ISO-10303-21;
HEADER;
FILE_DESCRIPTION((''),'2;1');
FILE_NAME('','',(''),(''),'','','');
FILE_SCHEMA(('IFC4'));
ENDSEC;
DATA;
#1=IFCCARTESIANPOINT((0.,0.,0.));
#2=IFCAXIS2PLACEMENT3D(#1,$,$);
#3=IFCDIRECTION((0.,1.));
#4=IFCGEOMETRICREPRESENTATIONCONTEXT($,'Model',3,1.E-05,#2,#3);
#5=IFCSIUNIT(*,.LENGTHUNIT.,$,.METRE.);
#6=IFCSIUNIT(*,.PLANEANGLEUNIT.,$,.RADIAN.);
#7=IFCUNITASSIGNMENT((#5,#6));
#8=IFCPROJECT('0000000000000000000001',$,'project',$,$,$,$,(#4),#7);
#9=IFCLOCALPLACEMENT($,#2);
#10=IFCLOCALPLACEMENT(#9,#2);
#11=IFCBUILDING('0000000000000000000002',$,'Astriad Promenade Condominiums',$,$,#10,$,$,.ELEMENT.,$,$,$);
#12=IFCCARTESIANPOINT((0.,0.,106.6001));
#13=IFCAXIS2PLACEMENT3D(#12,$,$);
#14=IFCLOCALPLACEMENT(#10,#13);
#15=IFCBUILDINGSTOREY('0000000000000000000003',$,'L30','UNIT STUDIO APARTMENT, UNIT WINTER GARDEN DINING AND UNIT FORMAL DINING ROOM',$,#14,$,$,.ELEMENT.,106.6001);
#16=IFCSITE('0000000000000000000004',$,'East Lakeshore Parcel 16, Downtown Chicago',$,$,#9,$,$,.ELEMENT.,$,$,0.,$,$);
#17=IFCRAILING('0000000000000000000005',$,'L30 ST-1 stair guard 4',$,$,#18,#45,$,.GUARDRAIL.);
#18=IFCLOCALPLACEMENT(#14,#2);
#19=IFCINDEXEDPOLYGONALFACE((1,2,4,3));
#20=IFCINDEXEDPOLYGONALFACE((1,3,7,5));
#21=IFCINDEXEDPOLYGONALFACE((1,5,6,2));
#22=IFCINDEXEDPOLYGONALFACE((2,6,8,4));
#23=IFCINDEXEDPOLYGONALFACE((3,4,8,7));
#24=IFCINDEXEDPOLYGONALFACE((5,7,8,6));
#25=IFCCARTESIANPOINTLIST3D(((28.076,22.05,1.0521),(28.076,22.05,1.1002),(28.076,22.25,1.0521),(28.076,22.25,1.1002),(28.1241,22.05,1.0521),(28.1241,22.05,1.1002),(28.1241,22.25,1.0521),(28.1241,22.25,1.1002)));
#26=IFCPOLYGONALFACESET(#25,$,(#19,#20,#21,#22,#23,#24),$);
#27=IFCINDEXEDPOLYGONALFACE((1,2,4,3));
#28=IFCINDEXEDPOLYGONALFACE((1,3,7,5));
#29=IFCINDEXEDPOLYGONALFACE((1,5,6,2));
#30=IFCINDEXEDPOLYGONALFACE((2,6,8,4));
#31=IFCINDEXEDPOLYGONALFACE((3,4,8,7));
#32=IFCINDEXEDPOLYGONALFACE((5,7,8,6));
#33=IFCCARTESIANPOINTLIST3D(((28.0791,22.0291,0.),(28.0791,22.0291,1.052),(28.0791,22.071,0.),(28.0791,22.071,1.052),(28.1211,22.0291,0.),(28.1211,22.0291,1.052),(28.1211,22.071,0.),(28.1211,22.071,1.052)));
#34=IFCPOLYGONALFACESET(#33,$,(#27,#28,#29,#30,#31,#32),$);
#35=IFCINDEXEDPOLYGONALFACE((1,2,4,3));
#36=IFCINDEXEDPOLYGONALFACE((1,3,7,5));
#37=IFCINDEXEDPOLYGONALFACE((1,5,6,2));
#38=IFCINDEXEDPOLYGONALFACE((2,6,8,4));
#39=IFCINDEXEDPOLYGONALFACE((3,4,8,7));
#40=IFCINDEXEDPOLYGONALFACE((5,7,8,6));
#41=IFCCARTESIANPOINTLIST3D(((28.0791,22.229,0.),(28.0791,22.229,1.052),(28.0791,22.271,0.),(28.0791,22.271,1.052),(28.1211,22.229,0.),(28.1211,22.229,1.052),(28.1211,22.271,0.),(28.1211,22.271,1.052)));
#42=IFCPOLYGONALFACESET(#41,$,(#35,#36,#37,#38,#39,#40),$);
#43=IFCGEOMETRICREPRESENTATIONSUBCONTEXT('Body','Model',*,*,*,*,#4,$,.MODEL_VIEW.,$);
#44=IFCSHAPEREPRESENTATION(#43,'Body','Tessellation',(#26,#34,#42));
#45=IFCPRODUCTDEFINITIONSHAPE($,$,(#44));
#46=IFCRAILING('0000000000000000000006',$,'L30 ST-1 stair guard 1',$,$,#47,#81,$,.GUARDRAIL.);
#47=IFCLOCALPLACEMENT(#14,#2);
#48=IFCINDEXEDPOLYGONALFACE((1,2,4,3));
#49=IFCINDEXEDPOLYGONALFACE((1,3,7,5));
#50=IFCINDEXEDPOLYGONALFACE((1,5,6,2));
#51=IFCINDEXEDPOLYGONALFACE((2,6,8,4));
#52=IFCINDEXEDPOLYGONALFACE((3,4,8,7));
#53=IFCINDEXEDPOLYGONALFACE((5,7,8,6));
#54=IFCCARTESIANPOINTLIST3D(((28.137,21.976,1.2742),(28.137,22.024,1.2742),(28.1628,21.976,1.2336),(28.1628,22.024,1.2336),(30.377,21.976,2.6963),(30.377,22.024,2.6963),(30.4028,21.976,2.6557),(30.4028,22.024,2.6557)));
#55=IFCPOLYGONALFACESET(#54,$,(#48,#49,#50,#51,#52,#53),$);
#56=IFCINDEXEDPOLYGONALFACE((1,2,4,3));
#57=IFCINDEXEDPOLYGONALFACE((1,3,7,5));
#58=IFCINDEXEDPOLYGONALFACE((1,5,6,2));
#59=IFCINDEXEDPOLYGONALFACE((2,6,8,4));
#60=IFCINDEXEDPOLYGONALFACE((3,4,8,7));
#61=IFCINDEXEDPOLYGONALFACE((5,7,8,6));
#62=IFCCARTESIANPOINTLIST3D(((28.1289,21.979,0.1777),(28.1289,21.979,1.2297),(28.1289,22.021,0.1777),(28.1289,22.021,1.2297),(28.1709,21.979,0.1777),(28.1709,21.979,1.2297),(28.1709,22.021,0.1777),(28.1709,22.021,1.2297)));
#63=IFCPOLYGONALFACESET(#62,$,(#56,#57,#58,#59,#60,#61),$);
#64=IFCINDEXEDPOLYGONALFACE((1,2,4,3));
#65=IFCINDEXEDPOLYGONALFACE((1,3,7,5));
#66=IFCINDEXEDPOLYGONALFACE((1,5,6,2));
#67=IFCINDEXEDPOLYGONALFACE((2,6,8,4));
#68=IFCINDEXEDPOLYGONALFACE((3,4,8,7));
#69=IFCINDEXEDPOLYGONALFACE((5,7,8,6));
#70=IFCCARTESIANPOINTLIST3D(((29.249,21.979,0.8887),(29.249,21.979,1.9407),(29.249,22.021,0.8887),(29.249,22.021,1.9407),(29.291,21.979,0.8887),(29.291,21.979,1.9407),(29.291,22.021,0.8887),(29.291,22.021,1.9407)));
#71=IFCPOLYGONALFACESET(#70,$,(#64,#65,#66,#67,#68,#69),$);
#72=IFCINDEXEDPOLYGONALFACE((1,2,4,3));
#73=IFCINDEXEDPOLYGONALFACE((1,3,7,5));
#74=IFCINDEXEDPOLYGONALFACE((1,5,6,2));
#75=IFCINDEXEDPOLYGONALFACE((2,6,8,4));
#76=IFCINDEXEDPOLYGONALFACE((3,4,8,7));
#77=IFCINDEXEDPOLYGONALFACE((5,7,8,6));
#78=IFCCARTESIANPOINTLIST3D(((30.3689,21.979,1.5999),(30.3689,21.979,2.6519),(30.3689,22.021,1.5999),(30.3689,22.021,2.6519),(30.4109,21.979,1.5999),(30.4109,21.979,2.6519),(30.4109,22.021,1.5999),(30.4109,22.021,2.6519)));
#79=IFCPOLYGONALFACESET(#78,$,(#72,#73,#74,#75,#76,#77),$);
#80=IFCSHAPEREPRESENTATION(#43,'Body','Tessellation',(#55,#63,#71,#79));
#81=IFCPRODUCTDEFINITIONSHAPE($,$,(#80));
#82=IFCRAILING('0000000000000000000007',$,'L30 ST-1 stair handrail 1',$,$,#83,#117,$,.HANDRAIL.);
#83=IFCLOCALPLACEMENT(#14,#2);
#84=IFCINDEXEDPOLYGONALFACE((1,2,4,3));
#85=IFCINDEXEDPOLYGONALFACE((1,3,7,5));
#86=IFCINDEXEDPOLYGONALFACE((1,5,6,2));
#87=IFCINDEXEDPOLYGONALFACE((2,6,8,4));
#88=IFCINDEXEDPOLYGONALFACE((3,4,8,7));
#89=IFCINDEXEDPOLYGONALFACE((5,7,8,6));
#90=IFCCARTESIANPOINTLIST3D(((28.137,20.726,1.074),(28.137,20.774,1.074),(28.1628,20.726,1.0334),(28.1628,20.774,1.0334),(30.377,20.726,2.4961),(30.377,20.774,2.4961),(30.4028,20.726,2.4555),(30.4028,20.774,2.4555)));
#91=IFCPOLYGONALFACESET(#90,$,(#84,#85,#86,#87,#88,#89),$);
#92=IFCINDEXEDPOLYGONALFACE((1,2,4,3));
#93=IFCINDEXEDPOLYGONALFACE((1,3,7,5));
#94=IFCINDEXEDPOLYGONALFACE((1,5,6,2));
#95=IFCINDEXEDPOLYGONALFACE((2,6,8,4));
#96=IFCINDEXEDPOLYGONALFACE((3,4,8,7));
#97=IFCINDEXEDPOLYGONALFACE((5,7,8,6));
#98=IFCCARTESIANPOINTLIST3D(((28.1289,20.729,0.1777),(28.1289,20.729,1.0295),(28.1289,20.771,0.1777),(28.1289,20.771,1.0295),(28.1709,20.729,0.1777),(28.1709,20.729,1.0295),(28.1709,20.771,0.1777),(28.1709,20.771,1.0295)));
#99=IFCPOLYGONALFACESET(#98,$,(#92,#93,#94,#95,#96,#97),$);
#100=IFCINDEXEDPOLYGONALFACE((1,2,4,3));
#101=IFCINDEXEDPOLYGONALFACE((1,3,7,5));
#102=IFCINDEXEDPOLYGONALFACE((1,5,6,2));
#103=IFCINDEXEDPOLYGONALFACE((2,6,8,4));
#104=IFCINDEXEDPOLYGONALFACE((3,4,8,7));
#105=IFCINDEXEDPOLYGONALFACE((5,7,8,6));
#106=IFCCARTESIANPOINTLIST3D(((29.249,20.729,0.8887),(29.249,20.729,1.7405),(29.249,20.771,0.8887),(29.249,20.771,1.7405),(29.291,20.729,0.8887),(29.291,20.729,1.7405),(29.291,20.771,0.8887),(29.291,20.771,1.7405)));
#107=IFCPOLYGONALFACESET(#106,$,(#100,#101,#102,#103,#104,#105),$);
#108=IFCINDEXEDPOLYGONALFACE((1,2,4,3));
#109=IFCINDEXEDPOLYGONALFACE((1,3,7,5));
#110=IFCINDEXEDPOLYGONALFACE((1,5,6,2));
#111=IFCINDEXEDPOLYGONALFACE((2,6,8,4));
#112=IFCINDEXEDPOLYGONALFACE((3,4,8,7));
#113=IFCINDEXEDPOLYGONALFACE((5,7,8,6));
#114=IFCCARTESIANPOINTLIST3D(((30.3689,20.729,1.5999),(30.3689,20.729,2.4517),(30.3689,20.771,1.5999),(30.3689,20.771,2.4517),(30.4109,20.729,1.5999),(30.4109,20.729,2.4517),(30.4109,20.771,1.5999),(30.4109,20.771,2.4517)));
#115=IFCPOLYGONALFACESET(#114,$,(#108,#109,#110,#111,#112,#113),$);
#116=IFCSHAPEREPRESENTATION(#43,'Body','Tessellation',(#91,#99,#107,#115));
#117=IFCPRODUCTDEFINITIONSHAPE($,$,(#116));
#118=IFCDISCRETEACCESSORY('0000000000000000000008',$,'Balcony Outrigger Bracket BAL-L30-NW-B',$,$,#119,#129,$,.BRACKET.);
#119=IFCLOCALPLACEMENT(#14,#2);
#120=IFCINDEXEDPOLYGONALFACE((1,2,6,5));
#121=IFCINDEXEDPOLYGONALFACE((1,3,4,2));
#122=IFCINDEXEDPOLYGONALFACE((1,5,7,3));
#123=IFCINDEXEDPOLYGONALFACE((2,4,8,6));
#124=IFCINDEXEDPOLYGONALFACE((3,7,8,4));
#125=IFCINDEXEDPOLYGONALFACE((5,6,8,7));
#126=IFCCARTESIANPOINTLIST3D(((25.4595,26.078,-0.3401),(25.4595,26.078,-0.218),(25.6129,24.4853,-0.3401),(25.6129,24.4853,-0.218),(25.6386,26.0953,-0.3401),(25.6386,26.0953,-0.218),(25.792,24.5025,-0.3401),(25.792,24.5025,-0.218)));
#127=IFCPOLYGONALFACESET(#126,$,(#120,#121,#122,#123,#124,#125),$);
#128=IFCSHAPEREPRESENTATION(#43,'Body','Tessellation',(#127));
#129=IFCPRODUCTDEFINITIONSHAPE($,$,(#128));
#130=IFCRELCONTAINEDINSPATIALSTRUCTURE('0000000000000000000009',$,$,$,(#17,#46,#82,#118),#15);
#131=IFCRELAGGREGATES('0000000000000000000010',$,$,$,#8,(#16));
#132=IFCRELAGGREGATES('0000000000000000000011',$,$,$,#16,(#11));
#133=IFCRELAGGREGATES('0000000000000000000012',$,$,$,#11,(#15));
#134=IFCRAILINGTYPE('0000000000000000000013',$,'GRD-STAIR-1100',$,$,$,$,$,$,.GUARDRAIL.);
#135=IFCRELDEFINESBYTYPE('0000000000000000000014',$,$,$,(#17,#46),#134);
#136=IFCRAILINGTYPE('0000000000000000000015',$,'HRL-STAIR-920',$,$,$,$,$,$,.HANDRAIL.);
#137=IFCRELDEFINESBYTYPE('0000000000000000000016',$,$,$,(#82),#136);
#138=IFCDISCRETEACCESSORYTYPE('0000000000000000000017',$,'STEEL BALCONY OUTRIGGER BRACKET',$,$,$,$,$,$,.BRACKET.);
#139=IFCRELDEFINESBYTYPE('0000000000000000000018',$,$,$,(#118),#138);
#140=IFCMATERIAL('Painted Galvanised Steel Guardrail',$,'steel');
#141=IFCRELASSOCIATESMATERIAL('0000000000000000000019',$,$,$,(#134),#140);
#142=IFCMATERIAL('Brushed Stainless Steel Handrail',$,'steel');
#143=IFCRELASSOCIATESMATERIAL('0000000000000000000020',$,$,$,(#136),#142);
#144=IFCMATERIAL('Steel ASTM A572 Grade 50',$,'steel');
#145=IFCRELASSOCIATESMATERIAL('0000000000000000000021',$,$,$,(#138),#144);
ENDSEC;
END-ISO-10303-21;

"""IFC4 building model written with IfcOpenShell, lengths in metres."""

from ifc_helpers import new_model, si_unit, direction, frame, origin, origin_2d, place, context, subcontext, project, spatial, rectangle, extrude, source, transform, mapped, material, type_object, type_shapes, element, save


model = new_model("IFC4")

# Units and contexts
model_context = context("Model", 3, precision=1e-05, world=origin(), true_north=direction((0.0, 1.0)))
body_context = subcontext(model_context, "Body", "Model", "MODEL_VIEW")
ifc_project = project(units=[si_unit("LENGTHUNIT", "METRE"), si_unit("PLANEANGLEUNIT", "RADIAN")], contexts=[model_context])

# Site, building, storey
site_placement = place(None, origin())
site = spatial("IfcSite", under=ifc_project, at=site_placement, Name="East Lakeshore Parcel 16, Downtown Chicago", CompositionType="ELEMENT", RefElevation=0.0)
building_placement = place(site_placement, origin())
building = spatial("IfcBuilding", under=site, at=building_placement, Name="Astriad Promenade Condominiums", CompositionType="ELEMENT")
storey_placement = place(building_placement, frame((0.0, 0.0, 106.6001)))
storey = spatial("IfcBuildingStorey", under=building, at=storey_placement, Name="L30", Description="UNIT STUDIO APARTMENT, UNIT WINTER GARDEN DINING AND UNIT FORMAL DINING ROOM", CompositionType="ELEMENT", Elevation=106.6001)

# Railings
ifc_material_1 = material(Name="Painted Galvanised Steel Guardrail", Category="steel")
railing_type_1 = type_object("IfcRailingType", Name="GRD-STAIR-1100", PredefinedType="GUARDRAIL", material=ifc_material_1)
shared_shape_1 = source(origin(), body_context, "Body", "SweptSolid", [
    extrude(rectangle(XDim=0.0481, YDim=0.0481, at=origin_2d()), frame((0.0, 0.0, 1.0762), z_axis=(0.0, 1.0, 0.0), x_axis=(-1.0, 0.0, 0.0)), (0.0, 0.0, 1.0), 0.2),
    extrude(rectangle(XDim=0.042, YDim=0.042, at=origin_2d()), origin(), (0.0, 0.0, 1.0), 1.052),
    extrude(rectangle(XDim=0.042, YDim=0.042, at=origin_2d()), frame((0.0, 0.2, 0.0)), (0.0, 0.0, 1.0), 1.052),
])
railing_1_placement = place(storey_placement, frame((28.1001, 22.05, 0.0)))
element("IfcRailing", 1, at=railing_1_placement, inside=storey, type_object=railing_type_1, Name="L30 ST-1 stair guard 4", PredefinedType="GUARDRAIL", context=body_context, shape_type="MappedRepresentation", body=[
    mapped(shared_shape_1, transform((0.0, 0.0, 0.0), scale=1.0)),
])
shared_shape_2 = source(origin(), body_context, "Body", "SweptSolid", [
    extrude(rectangle(XDim=0.0481, YDim=0.0481, at=origin_2d()), frame((0.0, 0.0, 1.0762), z_axis=(0.844229, 0.0, 0.535982), x_axis=(0.0, 1.0, 0.0)), (0.0, 0.0, 1.0), 2.6533),
    extrude(rectangle(XDim=0.042, YDim=0.042, at=origin_2d()), origin(), (0.0, 0.0, 1.0), 1.052),
    extrude(rectangle(XDim=0.042, YDim=0.042, at=origin_2d()), frame((1.1201, 0.0, 0.7109)), (0.0, 0.0, 1.0), 1.052),
    extrude(rectangle(XDim=0.042, YDim=0.042, at=origin_2d()), frame((2.24, 0.0, 1.4221)), (0.0, 0.0, 1.0), 1.052),
])
type_shapes(railing_type_1, [shared_shape_1, shared_shape_2])
railing_2_placement = place(storey_placement, frame((28.1499, 22.0, 0.1777)))
element("IfcRailing", 2, at=railing_2_placement, inside=storey, type_object=railing_type_1, Name="L30 ST-1 stair guard 1", PredefinedType="GUARDRAIL", context=body_context, shape_type="MappedRepresentation", body=[
    mapped(shared_shape_2, transform((0.0, 0.0, 0.0), scale=1.0)),
])
ifc_material_2 = material(Name="Brushed Stainless Steel Handrail", Category="steel")
railing_type_2 = type_object("IfcRailingType", Name="HRL-STAIR-920", PredefinedType="HANDRAIL", material=ifc_material_2)
shared_shape_3 = source(origin(), body_context, "Body", "SweptSolid", [
    extrude(rectangle(XDim=0.0481, YDim=0.0481, at=origin_2d()), frame((0.0, 0.0, 0.876), z_axis=(0.844229, 0.0, 0.535982), x_axis=(0.0, 1.0, 0.0)), (0.0, 0.0, 1.0), 2.6533),
    extrude(rectangle(XDim=0.042, YDim=0.042, at=origin_2d()), origin(), (0.0, 0.0, 1.0), 0.8518),
    extrude(rectangle(XDim=0.042, YDim=0.042, at=origin_2d()), frame((1.1201, 0.0, 0.7109)), (0.0, 0.0, 1.0), 0.8518),
    extrude(rectangle(XDim=0.042, YDim=0.042, at=origin_2d()), frame((2.24, 0.0, 1.4221)), (0.0, 0.0, 1.0), 0.8518),
])
type_shapes(railing_type_2, [shared_shape_3])
railing_3_placement = place(storey_placement, frame((28.1499, 20.75, 0.1777)))
element("IfcRailing", 3, at=railing_3_placement, inside=storey, type_object=railing_type_2, Name="L30 ST-1 stair handrail 1", PredefinedType="HANDRAIL", context=body_context, shape_type="MappedRepresentation", body=[
    mapped(shared_shape_3, transform((0.0, 0.0, 0.0), scale=1.0)),
])

# Discrete accessory
ifc_material_3 = material(Name="Steel ASTM A572 Grade 50", Category="steel")
discrete_accessory_type = type_object("IfcDiscreteAccessoryType", Name="STEEL BALCONY OUTRIGGER BRACKET", PredefinedType="BRACKET", material=ifc_material_3)
shared_shape_4 = source(origin(), body_context, "Body", "SweptSolid", [
    extrude(rectangle(XDim=1.6001, YDim=0.1799, at=origin_2d()), origin(), (0.0, 0.0, 1.0), 0.1221),
])
type_shapes(discrete_accessory_type, [shared_shape_4])
discrete_accessory_placement = place(storey_placement, frame((25.6257, 25.2903, -0.3401), z_axis=(0.0, 0.0, 1.0), x_axis=(-0.095846, 0.995396, 0.0)))
element("IfcDiscreteAccessory", 4, at=discrete_accessory_placement, inside=storey, type_object=discrete_accessory_type, Name="Balcony Outrigger Bracket BAL-L30-NW-B", PredefinedType="BRACKET", context=body_context, shape_type="MappedRepresentation", body=[
    mapped(shared_shape_4, transform((0.0, 0.0, 0.0), scale=1.0)),
])

save(model, "model.ifc")
